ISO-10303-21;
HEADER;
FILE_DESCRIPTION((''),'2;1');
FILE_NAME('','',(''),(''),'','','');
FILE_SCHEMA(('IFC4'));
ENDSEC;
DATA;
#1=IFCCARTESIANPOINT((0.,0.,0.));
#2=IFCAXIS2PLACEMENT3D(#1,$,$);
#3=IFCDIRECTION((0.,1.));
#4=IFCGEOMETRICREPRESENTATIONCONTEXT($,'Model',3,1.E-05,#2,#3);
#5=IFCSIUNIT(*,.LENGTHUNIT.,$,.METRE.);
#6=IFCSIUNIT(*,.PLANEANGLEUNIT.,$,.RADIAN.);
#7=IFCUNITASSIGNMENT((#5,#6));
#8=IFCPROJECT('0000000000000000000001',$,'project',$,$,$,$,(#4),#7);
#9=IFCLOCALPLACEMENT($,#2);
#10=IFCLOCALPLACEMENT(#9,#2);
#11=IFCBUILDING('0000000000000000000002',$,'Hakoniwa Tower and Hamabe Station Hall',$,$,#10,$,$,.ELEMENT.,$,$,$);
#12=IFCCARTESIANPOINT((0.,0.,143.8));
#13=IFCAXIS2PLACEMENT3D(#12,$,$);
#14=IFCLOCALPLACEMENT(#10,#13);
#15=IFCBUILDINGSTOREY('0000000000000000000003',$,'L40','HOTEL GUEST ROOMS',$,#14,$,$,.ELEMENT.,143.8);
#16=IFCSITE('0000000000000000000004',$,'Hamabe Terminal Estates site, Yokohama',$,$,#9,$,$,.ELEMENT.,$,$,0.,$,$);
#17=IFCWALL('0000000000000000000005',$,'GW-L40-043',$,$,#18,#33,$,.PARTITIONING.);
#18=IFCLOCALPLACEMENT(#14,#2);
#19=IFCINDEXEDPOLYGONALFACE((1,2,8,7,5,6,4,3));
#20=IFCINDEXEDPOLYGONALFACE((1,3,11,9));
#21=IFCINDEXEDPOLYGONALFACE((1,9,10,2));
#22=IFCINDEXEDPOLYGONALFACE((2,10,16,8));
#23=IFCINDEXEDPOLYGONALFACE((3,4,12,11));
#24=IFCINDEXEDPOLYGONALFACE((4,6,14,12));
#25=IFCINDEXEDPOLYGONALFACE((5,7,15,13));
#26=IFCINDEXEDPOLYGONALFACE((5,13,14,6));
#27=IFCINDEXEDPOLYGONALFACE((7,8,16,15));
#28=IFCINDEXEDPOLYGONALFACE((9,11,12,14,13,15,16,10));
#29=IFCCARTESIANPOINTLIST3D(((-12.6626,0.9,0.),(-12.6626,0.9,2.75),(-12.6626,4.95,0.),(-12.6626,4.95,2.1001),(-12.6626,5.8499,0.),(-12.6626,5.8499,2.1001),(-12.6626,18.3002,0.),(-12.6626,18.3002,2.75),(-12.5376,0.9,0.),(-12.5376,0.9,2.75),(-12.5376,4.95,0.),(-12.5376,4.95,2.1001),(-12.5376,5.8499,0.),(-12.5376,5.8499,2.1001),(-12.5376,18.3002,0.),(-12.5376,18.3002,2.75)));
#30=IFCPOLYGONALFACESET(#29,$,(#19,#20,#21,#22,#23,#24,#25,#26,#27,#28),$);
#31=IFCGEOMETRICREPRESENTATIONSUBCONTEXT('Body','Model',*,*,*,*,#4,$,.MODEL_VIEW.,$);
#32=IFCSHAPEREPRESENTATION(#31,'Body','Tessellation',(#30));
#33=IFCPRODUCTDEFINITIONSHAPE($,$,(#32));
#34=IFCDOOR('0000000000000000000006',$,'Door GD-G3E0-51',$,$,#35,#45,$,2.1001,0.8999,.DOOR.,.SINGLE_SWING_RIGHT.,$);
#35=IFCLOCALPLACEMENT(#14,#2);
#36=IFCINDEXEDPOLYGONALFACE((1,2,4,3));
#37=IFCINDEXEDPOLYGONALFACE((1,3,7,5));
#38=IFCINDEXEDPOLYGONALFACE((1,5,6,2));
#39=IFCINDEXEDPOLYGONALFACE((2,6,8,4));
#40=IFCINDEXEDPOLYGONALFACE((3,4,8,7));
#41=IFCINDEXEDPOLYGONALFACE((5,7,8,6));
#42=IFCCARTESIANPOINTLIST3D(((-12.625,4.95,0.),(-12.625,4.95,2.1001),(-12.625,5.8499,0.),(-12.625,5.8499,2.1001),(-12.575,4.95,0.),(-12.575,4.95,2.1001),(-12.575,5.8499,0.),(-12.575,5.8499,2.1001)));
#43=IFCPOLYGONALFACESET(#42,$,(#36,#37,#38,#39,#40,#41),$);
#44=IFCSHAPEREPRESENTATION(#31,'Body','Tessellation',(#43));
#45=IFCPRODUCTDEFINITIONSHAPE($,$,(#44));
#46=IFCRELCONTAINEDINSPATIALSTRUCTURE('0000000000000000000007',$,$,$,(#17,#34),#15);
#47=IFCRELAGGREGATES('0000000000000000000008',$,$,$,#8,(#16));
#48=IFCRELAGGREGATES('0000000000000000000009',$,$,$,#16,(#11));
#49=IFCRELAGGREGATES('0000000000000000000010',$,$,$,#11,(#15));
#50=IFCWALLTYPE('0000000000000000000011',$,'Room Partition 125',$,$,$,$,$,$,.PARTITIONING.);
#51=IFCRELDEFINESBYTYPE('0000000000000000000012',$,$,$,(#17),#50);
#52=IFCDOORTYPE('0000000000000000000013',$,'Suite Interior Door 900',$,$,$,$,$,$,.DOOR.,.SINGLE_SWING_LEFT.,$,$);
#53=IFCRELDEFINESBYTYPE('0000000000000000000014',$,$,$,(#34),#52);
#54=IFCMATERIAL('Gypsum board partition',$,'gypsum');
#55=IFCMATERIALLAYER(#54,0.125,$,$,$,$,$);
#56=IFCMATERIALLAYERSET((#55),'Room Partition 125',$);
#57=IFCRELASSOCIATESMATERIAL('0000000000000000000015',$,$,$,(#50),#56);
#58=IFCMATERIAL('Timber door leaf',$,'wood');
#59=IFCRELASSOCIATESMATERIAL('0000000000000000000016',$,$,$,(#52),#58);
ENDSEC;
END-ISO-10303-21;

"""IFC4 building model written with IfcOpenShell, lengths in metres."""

from ifc_helpers import new_model, si_unit, direction, frame, frame_2d, origin, place, context, subcontext, project, spatial, rectangle, extrude, material, layer, layer_set, type_object, element, fill, save


model = new_model("IFC4")

# Units and contexts
model_context = context("Model", 3, precision=1e-05, world=origin(), true_north=direction((0.0, 1.0)))
body_context = subcontext(model_context, "Body", "Model", "MODEL_VIEW")
ifc_project = project(units=[si_unit("LENGTHUNIT", "METRE"), si_unit("PLANEANGLEUNIT", "RADIAN")], contexts=[model_context])

# Site, building, storey
site_placement = place(None, origin())
site = spatial("IfcSite", under=ifc_project, at=site_placement, Name="Hamabe Terminal Estates site, Yokohama", CompositionType="ELEMENT", RefElevation=0.0)
building_placement = place(site_placement, origin())
building = spatial("IfcBuilding", under=site, at=building_placement, Name="Hakoniwa Tower and Hamabe Station Hall", CompositionType="ELEMENT")
storey_placement = place(building_placement, frame((0.0, 0.0, 143.8)))
storey = spatial("IfcBuildingStorey", under=building, at=storey_placement, Name="L40", Description="HOTEL GUEST ROOMS", CompositionType="ELEMENT", Elevation=143.8)

# Shared definitions
ifc_material_1 = material(Name="Gypsum board partition", Category="gypsum")
ifc_layer_1 = layer(ifc_material_1, 0.125)
ifc_layer_set_1 = layer_set([ifc_layer_1], Name="Room Partition 125")
wall_type_1 = type_object("IfcWallType", Name="Room Partition 125", PredefinedType="PARTITIONING", material=ifc_layer_set_1)
ifc_material_2 = material(Name="Timber door leaf", Category="wood")
door_type_1 = type_object("IfcDoorType", Name="Suite Interior Door 900", OperationType="SINGLE_SWING_LEFT", PredefinedType="DOOR", material=ifc_material_2)

# Wall, opening, door
wall_1_placement = place(storey_placement, frame((-12.6001, 0.8999, 0.0), z_axis=(0.0, 0.0, 1.0), x_axis=(0.0, 1.0, 0.0)))
wall_1 = element("IfcWall", 1, at=wall_1_placement, inside=storey, type_object=wall_type_1, Name="GW-L40-043", PredefinedType="PARTITIONING", context=body_context, shape_type="SweptSolid", body=[
    extrude(rectangle(XDim=17.4001, YDim=0.125, at=frame_2d((8.7002, 0.0))), origin(), (0.0, 0.0, 1.0), 2.75),
])
opening_1_placement = place(wall_1_placement, frame((4.05, 0.0, 0.0)))
opening_1 = element("IfcOpeningElement", 2, at=opening_1_placement, cuts=wall_1, PredefinedType="OPENING", context=body_context, shape_type="SweptSolid", body=[
    extrude(rectangle(XDim=0.8999, YDim=2.1001, at=frame_2d((0.45, 1.05))), frame((0.0, 0.0725, 0.0), z_axis=(0.0, -1.0, 0.0), x_axis=(1.0, 0.0, 0.0)), (0.0, 0.0, 1.0), 0.145),
])
door_1_placement = place(opening_1_placement, origin())
door_1 = element("IfcDoor", 3, at=door_1_placement, inside=storey, type_object=door_type_1, Name="Door GD-G3E0-51", OperationType="SINGLE_SWING_RIGHT", OverallHeight=2.1001, OverallWidth=0.8999, PredefinedType="DOOR", context=body_context, shape_type="SweptSolid", body=[
    extrude(rectangle(XDim=0.8999, YDim=2.1001, at=frame_2d((0.45, 1.05))), frame((0.0, 0.0249, 0.0), z_axis=(0.0, -1.0, 0.0), x_axis=(1.0, 0.0, 0.0)), (0.0, 0.0, 1.0), 0.05),
])
fill(opening_1, door_1)

save(model, "model.ifc")
